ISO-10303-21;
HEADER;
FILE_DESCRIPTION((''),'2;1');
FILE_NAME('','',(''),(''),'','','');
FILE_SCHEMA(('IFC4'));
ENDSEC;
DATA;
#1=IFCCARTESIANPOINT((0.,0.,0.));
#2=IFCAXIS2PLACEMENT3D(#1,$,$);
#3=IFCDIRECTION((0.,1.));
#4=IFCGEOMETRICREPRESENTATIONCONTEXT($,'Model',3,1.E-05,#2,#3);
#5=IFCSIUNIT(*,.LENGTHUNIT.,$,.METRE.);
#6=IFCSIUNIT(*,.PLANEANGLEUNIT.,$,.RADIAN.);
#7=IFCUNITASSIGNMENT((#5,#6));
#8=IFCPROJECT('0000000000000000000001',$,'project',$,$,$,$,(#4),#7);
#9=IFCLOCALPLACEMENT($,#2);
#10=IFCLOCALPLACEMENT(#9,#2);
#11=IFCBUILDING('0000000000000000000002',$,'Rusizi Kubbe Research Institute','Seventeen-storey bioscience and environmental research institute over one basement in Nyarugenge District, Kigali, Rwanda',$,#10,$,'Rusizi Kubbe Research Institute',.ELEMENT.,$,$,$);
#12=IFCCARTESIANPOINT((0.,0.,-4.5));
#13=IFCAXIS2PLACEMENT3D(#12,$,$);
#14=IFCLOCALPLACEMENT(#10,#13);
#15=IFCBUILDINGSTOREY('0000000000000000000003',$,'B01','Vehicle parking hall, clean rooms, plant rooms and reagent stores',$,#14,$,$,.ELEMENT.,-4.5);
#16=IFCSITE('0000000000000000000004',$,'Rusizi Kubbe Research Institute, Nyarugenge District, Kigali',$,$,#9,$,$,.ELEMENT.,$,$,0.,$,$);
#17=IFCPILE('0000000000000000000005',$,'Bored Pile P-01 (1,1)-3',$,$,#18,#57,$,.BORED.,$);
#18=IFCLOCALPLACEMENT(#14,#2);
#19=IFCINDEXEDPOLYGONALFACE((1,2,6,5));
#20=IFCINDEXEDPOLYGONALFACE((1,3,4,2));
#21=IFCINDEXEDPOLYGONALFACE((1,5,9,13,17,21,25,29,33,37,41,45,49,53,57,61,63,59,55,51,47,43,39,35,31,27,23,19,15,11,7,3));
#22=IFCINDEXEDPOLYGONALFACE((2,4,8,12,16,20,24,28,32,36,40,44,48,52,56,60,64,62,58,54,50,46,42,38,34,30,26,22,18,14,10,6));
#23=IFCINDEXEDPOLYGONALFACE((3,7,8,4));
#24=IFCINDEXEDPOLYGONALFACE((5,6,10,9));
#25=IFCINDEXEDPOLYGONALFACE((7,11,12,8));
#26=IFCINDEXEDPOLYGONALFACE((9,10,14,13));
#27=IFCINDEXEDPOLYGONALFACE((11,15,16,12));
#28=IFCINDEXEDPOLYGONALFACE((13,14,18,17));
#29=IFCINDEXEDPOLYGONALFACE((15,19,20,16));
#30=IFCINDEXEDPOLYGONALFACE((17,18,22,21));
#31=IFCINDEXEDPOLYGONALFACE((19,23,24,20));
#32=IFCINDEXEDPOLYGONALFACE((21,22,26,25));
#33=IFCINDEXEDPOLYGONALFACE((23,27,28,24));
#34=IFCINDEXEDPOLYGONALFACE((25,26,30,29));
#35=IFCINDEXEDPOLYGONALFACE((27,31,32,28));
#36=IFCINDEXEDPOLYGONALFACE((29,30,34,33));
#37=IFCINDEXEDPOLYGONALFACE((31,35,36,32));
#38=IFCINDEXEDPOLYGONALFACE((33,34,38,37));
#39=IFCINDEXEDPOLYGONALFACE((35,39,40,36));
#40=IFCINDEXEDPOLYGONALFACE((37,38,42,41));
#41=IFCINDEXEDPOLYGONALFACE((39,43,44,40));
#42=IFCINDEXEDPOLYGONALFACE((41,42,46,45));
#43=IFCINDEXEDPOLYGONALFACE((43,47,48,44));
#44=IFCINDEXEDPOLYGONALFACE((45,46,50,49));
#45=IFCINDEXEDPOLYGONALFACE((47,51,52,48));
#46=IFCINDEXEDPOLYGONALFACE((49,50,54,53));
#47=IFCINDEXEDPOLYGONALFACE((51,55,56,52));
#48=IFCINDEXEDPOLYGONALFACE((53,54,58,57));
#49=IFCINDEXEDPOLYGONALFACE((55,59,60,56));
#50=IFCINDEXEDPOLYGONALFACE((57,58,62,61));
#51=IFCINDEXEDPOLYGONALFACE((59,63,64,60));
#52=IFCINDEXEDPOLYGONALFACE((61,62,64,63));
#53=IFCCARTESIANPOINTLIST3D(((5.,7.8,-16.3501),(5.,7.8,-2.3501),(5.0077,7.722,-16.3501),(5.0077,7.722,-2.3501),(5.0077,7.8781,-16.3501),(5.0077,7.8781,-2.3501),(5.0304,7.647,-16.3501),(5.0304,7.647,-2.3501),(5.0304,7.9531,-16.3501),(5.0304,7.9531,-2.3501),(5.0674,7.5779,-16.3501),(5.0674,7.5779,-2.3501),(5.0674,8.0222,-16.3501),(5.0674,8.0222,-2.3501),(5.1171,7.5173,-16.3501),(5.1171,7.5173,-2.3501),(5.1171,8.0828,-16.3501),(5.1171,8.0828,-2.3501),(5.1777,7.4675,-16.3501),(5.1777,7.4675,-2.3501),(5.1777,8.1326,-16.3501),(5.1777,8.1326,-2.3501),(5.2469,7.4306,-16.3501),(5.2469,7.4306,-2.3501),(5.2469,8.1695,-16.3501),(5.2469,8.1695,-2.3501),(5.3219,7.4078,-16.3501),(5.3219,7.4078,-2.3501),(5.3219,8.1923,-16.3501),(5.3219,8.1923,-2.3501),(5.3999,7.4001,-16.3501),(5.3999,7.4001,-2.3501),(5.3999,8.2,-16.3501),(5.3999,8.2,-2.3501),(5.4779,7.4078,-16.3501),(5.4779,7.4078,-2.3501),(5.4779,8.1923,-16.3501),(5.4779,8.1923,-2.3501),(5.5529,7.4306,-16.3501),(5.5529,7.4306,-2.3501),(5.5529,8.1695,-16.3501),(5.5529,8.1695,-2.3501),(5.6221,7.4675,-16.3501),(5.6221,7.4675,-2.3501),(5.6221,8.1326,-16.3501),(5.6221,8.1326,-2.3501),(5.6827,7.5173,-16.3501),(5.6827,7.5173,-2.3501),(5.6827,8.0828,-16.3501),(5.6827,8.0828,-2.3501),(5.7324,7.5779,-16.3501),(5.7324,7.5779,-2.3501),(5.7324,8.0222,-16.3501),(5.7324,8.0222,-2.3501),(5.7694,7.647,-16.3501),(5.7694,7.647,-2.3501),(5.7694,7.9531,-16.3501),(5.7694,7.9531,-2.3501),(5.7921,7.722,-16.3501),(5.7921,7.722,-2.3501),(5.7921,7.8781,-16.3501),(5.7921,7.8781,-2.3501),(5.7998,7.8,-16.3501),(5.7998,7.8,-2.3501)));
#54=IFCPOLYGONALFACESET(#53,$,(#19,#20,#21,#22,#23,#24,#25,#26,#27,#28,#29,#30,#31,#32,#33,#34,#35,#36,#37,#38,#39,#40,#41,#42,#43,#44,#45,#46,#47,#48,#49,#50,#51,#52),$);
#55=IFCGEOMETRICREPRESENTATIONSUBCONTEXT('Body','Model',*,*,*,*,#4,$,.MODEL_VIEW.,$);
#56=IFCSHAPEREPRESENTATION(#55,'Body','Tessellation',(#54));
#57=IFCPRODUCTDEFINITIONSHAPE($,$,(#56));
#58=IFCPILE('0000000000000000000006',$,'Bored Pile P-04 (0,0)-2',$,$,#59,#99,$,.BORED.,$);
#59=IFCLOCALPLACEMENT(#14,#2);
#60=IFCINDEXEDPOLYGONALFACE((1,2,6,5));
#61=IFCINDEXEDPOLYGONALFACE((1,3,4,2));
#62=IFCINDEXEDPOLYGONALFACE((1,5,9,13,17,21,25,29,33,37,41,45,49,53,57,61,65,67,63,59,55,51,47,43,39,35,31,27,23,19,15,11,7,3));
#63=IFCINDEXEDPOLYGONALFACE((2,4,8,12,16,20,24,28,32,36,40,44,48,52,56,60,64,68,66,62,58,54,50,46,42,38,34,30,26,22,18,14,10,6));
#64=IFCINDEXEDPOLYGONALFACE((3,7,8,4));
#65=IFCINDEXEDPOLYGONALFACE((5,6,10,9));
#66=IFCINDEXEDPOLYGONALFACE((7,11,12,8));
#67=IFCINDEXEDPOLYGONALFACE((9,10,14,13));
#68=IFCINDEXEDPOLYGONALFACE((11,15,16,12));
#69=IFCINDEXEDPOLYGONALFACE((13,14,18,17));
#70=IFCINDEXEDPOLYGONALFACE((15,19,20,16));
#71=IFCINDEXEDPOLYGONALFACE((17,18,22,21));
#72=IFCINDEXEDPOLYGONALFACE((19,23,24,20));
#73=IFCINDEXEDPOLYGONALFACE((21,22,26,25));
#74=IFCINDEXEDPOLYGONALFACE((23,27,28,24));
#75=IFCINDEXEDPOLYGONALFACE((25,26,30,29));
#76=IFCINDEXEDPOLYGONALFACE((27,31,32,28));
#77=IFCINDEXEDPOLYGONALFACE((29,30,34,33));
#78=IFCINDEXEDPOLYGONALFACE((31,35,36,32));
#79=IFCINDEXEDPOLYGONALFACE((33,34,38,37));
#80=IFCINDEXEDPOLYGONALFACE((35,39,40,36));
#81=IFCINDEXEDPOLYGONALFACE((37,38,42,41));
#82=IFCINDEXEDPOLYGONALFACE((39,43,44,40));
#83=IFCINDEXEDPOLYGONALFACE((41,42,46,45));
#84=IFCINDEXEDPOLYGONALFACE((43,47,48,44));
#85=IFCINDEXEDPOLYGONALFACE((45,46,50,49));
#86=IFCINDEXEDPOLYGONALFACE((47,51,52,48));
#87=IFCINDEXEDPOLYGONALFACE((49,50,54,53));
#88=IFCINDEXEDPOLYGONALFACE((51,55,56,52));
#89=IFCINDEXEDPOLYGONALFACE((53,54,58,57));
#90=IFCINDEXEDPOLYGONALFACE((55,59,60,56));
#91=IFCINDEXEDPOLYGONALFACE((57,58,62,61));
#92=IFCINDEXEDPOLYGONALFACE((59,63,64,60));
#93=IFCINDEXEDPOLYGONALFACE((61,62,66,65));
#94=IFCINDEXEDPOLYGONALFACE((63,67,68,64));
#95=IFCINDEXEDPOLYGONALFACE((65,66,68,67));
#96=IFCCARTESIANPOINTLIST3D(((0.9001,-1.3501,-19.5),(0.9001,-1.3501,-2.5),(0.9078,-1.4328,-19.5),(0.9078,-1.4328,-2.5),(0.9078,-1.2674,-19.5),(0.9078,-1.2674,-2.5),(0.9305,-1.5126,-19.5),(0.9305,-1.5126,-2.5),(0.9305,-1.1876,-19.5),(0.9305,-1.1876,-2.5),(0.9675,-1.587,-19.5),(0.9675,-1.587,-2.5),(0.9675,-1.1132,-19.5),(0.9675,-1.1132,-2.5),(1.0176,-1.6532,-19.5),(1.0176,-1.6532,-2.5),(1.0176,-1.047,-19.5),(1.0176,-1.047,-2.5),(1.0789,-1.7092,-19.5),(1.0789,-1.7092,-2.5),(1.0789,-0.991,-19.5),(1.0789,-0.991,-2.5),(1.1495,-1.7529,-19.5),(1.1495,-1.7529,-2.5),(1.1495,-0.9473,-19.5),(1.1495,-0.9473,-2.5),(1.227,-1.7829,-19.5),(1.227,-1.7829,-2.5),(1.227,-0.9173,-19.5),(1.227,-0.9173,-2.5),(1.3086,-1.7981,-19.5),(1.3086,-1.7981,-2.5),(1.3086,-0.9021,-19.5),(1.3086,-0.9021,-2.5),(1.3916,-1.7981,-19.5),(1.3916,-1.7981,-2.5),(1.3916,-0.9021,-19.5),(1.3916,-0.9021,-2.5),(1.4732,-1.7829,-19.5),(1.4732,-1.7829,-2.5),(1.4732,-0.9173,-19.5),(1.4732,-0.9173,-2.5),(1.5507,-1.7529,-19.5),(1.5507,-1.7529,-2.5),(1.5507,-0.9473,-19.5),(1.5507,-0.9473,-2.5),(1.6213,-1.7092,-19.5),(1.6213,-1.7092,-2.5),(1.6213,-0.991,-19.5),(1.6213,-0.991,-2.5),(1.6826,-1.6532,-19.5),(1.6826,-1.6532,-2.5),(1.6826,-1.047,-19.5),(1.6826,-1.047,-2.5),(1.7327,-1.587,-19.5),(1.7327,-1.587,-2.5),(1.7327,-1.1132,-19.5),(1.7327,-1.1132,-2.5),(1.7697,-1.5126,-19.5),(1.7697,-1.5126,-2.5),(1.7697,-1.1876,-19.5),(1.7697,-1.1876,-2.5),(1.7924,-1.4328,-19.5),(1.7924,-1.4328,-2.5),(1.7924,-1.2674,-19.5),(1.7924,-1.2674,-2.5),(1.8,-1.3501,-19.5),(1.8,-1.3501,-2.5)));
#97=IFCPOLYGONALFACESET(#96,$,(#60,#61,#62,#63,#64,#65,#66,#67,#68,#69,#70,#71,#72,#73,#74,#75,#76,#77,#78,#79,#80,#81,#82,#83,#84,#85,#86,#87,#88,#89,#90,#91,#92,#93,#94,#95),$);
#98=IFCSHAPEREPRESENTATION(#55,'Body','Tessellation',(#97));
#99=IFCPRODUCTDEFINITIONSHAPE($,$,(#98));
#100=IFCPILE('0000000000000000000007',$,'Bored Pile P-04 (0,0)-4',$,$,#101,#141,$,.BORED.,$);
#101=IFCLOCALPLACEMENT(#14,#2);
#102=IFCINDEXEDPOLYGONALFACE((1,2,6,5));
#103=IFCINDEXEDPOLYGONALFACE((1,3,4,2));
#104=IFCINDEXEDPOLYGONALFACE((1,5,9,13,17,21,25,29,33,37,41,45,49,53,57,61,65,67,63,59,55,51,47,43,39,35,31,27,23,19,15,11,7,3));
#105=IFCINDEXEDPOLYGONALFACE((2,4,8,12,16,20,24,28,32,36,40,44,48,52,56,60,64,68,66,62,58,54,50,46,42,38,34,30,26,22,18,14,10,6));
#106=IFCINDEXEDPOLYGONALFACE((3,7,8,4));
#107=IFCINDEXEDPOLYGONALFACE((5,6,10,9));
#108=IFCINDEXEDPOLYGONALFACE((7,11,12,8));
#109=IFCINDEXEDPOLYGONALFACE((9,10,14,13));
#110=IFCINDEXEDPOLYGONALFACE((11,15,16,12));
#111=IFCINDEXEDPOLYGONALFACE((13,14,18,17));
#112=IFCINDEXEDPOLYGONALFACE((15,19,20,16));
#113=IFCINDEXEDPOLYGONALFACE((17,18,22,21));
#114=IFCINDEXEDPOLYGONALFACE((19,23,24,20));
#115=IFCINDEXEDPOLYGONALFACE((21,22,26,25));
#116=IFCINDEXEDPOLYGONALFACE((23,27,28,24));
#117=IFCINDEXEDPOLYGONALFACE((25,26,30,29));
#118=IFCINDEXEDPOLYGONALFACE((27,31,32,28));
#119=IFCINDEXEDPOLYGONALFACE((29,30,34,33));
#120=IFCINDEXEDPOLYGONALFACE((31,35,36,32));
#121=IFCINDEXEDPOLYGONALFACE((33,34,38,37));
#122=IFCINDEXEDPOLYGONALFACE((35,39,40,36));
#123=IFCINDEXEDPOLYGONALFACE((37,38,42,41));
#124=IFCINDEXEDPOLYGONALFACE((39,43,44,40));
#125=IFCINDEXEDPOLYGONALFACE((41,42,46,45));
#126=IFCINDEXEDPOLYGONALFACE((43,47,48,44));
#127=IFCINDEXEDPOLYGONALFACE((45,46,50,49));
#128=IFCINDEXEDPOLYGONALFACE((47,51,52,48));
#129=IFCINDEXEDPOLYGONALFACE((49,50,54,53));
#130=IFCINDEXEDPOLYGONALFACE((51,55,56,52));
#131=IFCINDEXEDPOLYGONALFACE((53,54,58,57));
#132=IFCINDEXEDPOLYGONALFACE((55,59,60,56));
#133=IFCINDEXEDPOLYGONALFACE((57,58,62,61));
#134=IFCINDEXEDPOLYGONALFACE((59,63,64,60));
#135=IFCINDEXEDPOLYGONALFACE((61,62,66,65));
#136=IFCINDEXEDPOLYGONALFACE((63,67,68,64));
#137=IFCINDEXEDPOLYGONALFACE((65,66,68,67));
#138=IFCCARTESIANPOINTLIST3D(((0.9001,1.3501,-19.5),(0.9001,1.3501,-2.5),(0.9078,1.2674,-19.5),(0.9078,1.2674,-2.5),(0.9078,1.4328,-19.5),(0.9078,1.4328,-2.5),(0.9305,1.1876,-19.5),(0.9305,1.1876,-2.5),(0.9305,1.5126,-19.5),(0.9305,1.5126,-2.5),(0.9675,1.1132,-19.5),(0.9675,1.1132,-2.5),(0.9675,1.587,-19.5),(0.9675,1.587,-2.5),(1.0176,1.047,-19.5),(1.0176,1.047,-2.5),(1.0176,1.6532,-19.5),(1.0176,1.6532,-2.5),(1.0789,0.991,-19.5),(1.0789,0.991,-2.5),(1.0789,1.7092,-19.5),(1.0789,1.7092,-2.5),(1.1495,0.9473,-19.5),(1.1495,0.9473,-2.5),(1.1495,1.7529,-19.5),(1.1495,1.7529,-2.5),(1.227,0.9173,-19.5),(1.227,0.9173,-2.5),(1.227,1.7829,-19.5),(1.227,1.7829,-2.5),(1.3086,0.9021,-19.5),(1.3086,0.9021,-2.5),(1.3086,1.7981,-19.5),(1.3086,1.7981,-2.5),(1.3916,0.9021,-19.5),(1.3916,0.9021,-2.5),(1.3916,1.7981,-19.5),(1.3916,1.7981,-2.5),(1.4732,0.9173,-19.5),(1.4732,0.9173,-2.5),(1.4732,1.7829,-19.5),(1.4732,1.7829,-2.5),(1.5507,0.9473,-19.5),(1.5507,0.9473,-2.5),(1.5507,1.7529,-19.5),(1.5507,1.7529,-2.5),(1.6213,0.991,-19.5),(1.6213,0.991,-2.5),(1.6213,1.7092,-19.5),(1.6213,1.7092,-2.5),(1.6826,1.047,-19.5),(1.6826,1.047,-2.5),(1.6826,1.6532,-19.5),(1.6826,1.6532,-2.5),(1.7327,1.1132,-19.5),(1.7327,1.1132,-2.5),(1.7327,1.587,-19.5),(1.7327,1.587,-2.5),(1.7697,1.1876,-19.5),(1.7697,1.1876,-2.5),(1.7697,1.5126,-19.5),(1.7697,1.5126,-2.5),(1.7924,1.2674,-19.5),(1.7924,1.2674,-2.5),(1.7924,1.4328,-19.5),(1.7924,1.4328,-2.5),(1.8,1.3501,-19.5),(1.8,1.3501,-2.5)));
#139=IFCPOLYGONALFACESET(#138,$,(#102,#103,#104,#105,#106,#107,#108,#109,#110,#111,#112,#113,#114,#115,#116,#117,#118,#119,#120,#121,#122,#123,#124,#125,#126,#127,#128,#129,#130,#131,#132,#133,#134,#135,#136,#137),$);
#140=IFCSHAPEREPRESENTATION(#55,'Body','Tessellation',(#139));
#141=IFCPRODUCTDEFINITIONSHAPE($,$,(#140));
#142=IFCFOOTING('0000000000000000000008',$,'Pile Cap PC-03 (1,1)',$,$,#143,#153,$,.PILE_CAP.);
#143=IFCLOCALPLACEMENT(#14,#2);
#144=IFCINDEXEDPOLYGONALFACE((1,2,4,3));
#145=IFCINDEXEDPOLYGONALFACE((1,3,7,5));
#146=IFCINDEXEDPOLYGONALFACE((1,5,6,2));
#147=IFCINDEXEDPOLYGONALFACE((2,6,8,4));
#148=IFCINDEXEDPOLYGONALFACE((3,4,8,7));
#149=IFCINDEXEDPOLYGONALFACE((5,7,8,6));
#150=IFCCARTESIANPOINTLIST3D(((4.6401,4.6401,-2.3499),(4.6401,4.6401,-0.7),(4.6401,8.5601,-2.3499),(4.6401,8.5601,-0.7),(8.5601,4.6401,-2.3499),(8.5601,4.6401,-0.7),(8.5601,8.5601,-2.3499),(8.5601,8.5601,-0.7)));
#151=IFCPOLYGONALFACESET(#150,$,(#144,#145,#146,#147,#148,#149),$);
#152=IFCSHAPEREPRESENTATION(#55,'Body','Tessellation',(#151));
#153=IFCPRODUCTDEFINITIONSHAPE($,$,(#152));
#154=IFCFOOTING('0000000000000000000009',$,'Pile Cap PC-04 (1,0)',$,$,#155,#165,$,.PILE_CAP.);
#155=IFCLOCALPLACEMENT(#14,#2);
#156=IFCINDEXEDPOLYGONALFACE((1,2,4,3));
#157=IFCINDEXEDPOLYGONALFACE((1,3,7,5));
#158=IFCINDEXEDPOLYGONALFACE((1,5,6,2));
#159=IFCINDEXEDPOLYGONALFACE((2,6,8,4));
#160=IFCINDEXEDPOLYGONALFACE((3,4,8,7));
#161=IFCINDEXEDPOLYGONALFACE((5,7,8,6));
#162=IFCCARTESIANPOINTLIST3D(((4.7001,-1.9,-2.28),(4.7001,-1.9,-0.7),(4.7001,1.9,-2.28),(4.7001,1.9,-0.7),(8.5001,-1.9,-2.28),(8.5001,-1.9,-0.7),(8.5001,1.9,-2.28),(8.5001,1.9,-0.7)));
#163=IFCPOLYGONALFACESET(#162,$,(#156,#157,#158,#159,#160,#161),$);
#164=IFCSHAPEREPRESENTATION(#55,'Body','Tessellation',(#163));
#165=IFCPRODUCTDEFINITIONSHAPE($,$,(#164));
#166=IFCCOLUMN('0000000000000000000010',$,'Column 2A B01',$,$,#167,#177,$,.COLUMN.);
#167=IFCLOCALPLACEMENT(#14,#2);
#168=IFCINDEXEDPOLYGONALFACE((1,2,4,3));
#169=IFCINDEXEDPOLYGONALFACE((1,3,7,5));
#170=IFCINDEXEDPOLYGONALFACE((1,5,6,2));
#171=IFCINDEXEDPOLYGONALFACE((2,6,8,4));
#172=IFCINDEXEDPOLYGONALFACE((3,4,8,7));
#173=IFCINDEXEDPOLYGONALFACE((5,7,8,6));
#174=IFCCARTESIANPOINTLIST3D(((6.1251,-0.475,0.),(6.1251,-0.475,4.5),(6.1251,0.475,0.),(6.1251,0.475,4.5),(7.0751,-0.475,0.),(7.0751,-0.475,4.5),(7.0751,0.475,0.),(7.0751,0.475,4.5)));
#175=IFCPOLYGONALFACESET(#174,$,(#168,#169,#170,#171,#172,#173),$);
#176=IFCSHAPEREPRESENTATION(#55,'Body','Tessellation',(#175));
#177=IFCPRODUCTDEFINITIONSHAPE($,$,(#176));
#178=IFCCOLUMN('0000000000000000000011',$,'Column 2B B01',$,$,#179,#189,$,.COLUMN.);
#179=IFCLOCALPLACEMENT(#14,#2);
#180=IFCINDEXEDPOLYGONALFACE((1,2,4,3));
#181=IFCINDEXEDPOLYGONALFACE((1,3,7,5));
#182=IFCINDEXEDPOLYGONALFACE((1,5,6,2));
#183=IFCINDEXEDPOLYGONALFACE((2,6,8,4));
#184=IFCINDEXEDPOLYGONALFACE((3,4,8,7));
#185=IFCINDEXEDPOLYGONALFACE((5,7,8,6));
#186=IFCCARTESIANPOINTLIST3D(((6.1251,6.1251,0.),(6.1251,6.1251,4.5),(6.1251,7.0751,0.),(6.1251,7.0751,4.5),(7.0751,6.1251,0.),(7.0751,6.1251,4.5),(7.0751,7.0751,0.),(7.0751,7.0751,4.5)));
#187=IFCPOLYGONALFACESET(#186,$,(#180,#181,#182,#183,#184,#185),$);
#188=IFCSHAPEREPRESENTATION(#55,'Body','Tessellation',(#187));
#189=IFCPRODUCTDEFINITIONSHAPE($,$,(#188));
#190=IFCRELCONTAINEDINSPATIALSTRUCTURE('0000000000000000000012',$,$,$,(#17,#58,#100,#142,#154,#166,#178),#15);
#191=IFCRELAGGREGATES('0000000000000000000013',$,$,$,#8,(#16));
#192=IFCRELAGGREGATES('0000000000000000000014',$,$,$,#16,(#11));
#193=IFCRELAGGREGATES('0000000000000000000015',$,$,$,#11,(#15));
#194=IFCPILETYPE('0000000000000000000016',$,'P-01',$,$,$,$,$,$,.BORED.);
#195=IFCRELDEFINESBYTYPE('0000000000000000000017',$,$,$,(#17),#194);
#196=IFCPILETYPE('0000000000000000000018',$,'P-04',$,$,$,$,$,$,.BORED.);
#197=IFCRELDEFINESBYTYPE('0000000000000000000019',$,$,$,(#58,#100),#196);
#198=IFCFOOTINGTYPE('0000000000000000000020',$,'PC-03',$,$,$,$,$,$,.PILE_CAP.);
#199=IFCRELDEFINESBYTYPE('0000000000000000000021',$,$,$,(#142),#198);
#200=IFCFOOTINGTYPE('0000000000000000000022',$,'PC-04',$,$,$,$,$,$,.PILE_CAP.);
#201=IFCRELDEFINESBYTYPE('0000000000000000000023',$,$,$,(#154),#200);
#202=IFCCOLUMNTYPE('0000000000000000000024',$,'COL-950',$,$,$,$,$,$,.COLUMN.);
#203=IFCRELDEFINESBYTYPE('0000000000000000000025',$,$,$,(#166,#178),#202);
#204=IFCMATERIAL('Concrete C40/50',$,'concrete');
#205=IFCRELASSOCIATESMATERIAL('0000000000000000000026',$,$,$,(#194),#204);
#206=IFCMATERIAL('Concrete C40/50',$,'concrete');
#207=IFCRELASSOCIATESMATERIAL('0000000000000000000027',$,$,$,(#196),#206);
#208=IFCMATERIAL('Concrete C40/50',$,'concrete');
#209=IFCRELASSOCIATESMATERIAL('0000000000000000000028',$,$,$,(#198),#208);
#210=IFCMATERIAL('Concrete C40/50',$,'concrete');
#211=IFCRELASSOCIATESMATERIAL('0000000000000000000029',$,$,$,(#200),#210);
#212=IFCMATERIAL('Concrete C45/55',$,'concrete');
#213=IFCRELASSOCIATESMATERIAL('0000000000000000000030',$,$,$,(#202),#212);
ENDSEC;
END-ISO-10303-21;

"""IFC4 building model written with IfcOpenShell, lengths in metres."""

from ifc_helpers import new_model, si_unit, direction, frame, origin, origin_2d, place, context, subcontext, project, spatial, rectangle, circle, extrude, material, material_profile, profile_set, type_object, element, save


model = new_model("IFC4")

# Units and contexts
model_context = context("Model", 3, precision=1e-05, world=origin(), true_north=direction((0.0, 1.0)))
body_context = subcontext(model_context, "Body", "Model", "MODEL_VIEW")
ifc_project = project(units=[si_unit("LENGTHUNIT", "METRE"), si_unit("PLANEANGLEUNIT", "RADIAN")], contexts=[model_context])

# Site, building, storey
site_placement = place(None, origin())
site = spatial("IfcSite", under=ifc_project, at=site_placement, Name="Rusizi Kubbe Research Institute, Nyarugenge District, Kigali", CompositionType="ELEMENT", RefElevation=0.0)
building_placement = place(site_placement, origin())
building = spatial("IfcBuilding", under=site, at=building_placement, Name="Rusizi Kubbe Research Institute", Description="Seventeen-storey bioscience and environmental research institute over one basement in Nyarugenge District, Kigali, Rwanda", LongName="Rusizi Kubbe Research Institute", CompositionType="ELEMENT")
storey_placement = place(building_placement, frame((0.0, 0.0, -4.5)))
storey = spatial("IfcBuildingStorey", under=building, at=storey_placement, Name="B01", Description="Vehicle parking hall, clean rooms, plant rooms and reagent stores", CompositionType="ELEMENT", Elevation=-4.5)

# Piles
ifc_material_1 = material(Name="Concrete C40/50", Category="concrete")
ifc_material_profile_1 = material_profile(ifc_material_1, circle(Radius=0.3999, at=origin_2d()), Name="PILE-D800")
ifc_profile_set_1 = profile_set([ifc_material_profile_1], Name="Concrete C40/50")
pile_type_1 = type_object("IfcPileType", Name="P-01", PredefinedType="BORED", material=ifc_profile_set_1)
for number, where, z_axis, x_axis, name in (
    (1, (5.3999, 7.8, -2.3501), (0.0, 0.0, -1.0), (1.0, 0.0, 0.0), "Bored Pile P-01 (1,1)-3"),
):
    element("IfcPile", number, at=place(storey_placement, frame(where, z_axis=z_axis, x_axis=x_axis)), inside=storey, type_object=pile_type_1, Name=name, PredefinedType="BORED", context=body_context, shape_type="SweptSolid", body=[
        extrude(circle(Radius=0.3999, at=origin_2d()), origin(), (0.0, 0.0, 1.0), 14.0),
    ])
ifc_material_2 = material(Name="Concrete C40/50", Category="concrete")
ifc_material_profile_2 = material_profile(ifc_material_2, circle(Radius=0.45, at=origin_2d()), Name="PILE-D900")
ifc_profile_set_2 = profile_set([ifc_material_profile_2], Name="Concrete C40/50")
pile_type_2 = type_object("IfcPileType", Name="P-04", PredefinedType="BORED", material=ifc_profile_set_2)
for number, where, z_axis, x_axis, name in (
    (2, (1.3501, -1.3501, -2.5), (0.0, 0.0, -1.0), (1.0, 0.0, 0.0), "Bored Pile P-04 (0,0)-2"),
    (3, (1.3501, 1.3501, -2.5), (0.0, 0.0, -1.0), (1.0, 0.0, 0.0), "Bored Pile P-04 (0,0)-4"),
):
    element("IfcPile", number, at=place(storey_placement, frame(where, z_axis=z_axis, x_axis=x_axis)), inside=storey, type_object=pile_type_2, Name=name, PredefinedType="BORED", context=body_context, shape_type="SweptSolid", body=[
        extrude(circle(Radius=0.45, at=origin_2d()), origin(), (0.0, 0.0, 1.0), 17.0),
    ])

# Footings
ifc_material_3 = material(Name="Concrete C40/50", Category="concrete")
footing_type_1 = type_object("IfcFootingType", Name="PC-03", PredefinedType="PILE_CAP", material=ifc_material_3)
footing_1_placement = place(storey_placement, frame((6.6001, 6.6001, -2.3499), z_axis=(0.0, 0.0, 1.0), x_axis=(1.0, 0.0, 0.0)))
element("IfcFooting", 4, at=footing_1_placement, inside=storey, type_object=footing_type_1, Name="Pile Cap PC-03 (1,1)", PredefinedType="PILE_CAP", context=body_context, shape_type="SweptSolid", body=[
    extrude(rectangle(XDim=3.9199, YDim=3.9199, at=origin_2d()), origin(), (0.0, 0.0, 1.0), 1.6499),
])
ifc_material_4 = material(Name="Concrete C40/50", Category="concrete")
footing_type_2 = type_object("IfcFootingType", Name="PC-04", PredefinedType="PILE_CAP", material=ifc_material_4)
footing_2_placement = place(storey_placement, frame((6.6001, 0.0, -2.28), z_axis=(0.0, 0.0, 1.0), x_axis=(1.0, 0.0, 0.0)))
element("IfcFooting", 5, at=footing_2_placement, inside=storey, type_object=footing_type_2, Name="Pile Cap PC-04 (1,0)", PredefinedType="PILE_CAP", context=body_context, shape_type="SweptSolid", body=[
    extrude(rectangle(XDim=3.8, YDim=3.8, at=origin_2d()), origin(), (0.0, 0.0, 1.0), 1.5801),
])

# Columns
ifc_material_5 = material(Name="Concrete C45/55", Category="concrete")
ifc_material_profile_3 = material_profile(ifc_material_5, rectangle(XDim=0.95, YDim=0.95, at=origin_2d()), Name="RC950x950")
ifc_profile_set_3 = profile_set([ifc_material_profile_3], Name="Concrete C45/55")
column_type = type_object("IfcColumnType", Name="COL-950", PredefinedType="COLUMN", material=ifc_profile_set_3)
for number, where, z_axis, x_axis, name in (
    (6, (6.6001, 0.0, 0.0), (0.0, 0.0, 1.0), (1.0, 0.0, 0.0), "Column 2A B01"),
    (7, (6.6001, 6.6001, 0.0), (0.0, 0.0, 1.0), (1.0, 0.0, 0.0), "Column 2B B01"),
):
    element("IfcColumn", number, at=place(storey_placement, frame(where, z_axis=z_axis, x_axis=x_axis)), inside=storey, type_object=column_type, Name=name, PredefinedType="COLUMN", context=body_context, shape_type="SweptSolid", body=[
        extrude(rectangle(XDim=0.95, YDim=0.95, at=origin_2d()), origin(), (0.0, 0.0, 1.0), 4.5),
    ])

save(model, "model.ifc")
